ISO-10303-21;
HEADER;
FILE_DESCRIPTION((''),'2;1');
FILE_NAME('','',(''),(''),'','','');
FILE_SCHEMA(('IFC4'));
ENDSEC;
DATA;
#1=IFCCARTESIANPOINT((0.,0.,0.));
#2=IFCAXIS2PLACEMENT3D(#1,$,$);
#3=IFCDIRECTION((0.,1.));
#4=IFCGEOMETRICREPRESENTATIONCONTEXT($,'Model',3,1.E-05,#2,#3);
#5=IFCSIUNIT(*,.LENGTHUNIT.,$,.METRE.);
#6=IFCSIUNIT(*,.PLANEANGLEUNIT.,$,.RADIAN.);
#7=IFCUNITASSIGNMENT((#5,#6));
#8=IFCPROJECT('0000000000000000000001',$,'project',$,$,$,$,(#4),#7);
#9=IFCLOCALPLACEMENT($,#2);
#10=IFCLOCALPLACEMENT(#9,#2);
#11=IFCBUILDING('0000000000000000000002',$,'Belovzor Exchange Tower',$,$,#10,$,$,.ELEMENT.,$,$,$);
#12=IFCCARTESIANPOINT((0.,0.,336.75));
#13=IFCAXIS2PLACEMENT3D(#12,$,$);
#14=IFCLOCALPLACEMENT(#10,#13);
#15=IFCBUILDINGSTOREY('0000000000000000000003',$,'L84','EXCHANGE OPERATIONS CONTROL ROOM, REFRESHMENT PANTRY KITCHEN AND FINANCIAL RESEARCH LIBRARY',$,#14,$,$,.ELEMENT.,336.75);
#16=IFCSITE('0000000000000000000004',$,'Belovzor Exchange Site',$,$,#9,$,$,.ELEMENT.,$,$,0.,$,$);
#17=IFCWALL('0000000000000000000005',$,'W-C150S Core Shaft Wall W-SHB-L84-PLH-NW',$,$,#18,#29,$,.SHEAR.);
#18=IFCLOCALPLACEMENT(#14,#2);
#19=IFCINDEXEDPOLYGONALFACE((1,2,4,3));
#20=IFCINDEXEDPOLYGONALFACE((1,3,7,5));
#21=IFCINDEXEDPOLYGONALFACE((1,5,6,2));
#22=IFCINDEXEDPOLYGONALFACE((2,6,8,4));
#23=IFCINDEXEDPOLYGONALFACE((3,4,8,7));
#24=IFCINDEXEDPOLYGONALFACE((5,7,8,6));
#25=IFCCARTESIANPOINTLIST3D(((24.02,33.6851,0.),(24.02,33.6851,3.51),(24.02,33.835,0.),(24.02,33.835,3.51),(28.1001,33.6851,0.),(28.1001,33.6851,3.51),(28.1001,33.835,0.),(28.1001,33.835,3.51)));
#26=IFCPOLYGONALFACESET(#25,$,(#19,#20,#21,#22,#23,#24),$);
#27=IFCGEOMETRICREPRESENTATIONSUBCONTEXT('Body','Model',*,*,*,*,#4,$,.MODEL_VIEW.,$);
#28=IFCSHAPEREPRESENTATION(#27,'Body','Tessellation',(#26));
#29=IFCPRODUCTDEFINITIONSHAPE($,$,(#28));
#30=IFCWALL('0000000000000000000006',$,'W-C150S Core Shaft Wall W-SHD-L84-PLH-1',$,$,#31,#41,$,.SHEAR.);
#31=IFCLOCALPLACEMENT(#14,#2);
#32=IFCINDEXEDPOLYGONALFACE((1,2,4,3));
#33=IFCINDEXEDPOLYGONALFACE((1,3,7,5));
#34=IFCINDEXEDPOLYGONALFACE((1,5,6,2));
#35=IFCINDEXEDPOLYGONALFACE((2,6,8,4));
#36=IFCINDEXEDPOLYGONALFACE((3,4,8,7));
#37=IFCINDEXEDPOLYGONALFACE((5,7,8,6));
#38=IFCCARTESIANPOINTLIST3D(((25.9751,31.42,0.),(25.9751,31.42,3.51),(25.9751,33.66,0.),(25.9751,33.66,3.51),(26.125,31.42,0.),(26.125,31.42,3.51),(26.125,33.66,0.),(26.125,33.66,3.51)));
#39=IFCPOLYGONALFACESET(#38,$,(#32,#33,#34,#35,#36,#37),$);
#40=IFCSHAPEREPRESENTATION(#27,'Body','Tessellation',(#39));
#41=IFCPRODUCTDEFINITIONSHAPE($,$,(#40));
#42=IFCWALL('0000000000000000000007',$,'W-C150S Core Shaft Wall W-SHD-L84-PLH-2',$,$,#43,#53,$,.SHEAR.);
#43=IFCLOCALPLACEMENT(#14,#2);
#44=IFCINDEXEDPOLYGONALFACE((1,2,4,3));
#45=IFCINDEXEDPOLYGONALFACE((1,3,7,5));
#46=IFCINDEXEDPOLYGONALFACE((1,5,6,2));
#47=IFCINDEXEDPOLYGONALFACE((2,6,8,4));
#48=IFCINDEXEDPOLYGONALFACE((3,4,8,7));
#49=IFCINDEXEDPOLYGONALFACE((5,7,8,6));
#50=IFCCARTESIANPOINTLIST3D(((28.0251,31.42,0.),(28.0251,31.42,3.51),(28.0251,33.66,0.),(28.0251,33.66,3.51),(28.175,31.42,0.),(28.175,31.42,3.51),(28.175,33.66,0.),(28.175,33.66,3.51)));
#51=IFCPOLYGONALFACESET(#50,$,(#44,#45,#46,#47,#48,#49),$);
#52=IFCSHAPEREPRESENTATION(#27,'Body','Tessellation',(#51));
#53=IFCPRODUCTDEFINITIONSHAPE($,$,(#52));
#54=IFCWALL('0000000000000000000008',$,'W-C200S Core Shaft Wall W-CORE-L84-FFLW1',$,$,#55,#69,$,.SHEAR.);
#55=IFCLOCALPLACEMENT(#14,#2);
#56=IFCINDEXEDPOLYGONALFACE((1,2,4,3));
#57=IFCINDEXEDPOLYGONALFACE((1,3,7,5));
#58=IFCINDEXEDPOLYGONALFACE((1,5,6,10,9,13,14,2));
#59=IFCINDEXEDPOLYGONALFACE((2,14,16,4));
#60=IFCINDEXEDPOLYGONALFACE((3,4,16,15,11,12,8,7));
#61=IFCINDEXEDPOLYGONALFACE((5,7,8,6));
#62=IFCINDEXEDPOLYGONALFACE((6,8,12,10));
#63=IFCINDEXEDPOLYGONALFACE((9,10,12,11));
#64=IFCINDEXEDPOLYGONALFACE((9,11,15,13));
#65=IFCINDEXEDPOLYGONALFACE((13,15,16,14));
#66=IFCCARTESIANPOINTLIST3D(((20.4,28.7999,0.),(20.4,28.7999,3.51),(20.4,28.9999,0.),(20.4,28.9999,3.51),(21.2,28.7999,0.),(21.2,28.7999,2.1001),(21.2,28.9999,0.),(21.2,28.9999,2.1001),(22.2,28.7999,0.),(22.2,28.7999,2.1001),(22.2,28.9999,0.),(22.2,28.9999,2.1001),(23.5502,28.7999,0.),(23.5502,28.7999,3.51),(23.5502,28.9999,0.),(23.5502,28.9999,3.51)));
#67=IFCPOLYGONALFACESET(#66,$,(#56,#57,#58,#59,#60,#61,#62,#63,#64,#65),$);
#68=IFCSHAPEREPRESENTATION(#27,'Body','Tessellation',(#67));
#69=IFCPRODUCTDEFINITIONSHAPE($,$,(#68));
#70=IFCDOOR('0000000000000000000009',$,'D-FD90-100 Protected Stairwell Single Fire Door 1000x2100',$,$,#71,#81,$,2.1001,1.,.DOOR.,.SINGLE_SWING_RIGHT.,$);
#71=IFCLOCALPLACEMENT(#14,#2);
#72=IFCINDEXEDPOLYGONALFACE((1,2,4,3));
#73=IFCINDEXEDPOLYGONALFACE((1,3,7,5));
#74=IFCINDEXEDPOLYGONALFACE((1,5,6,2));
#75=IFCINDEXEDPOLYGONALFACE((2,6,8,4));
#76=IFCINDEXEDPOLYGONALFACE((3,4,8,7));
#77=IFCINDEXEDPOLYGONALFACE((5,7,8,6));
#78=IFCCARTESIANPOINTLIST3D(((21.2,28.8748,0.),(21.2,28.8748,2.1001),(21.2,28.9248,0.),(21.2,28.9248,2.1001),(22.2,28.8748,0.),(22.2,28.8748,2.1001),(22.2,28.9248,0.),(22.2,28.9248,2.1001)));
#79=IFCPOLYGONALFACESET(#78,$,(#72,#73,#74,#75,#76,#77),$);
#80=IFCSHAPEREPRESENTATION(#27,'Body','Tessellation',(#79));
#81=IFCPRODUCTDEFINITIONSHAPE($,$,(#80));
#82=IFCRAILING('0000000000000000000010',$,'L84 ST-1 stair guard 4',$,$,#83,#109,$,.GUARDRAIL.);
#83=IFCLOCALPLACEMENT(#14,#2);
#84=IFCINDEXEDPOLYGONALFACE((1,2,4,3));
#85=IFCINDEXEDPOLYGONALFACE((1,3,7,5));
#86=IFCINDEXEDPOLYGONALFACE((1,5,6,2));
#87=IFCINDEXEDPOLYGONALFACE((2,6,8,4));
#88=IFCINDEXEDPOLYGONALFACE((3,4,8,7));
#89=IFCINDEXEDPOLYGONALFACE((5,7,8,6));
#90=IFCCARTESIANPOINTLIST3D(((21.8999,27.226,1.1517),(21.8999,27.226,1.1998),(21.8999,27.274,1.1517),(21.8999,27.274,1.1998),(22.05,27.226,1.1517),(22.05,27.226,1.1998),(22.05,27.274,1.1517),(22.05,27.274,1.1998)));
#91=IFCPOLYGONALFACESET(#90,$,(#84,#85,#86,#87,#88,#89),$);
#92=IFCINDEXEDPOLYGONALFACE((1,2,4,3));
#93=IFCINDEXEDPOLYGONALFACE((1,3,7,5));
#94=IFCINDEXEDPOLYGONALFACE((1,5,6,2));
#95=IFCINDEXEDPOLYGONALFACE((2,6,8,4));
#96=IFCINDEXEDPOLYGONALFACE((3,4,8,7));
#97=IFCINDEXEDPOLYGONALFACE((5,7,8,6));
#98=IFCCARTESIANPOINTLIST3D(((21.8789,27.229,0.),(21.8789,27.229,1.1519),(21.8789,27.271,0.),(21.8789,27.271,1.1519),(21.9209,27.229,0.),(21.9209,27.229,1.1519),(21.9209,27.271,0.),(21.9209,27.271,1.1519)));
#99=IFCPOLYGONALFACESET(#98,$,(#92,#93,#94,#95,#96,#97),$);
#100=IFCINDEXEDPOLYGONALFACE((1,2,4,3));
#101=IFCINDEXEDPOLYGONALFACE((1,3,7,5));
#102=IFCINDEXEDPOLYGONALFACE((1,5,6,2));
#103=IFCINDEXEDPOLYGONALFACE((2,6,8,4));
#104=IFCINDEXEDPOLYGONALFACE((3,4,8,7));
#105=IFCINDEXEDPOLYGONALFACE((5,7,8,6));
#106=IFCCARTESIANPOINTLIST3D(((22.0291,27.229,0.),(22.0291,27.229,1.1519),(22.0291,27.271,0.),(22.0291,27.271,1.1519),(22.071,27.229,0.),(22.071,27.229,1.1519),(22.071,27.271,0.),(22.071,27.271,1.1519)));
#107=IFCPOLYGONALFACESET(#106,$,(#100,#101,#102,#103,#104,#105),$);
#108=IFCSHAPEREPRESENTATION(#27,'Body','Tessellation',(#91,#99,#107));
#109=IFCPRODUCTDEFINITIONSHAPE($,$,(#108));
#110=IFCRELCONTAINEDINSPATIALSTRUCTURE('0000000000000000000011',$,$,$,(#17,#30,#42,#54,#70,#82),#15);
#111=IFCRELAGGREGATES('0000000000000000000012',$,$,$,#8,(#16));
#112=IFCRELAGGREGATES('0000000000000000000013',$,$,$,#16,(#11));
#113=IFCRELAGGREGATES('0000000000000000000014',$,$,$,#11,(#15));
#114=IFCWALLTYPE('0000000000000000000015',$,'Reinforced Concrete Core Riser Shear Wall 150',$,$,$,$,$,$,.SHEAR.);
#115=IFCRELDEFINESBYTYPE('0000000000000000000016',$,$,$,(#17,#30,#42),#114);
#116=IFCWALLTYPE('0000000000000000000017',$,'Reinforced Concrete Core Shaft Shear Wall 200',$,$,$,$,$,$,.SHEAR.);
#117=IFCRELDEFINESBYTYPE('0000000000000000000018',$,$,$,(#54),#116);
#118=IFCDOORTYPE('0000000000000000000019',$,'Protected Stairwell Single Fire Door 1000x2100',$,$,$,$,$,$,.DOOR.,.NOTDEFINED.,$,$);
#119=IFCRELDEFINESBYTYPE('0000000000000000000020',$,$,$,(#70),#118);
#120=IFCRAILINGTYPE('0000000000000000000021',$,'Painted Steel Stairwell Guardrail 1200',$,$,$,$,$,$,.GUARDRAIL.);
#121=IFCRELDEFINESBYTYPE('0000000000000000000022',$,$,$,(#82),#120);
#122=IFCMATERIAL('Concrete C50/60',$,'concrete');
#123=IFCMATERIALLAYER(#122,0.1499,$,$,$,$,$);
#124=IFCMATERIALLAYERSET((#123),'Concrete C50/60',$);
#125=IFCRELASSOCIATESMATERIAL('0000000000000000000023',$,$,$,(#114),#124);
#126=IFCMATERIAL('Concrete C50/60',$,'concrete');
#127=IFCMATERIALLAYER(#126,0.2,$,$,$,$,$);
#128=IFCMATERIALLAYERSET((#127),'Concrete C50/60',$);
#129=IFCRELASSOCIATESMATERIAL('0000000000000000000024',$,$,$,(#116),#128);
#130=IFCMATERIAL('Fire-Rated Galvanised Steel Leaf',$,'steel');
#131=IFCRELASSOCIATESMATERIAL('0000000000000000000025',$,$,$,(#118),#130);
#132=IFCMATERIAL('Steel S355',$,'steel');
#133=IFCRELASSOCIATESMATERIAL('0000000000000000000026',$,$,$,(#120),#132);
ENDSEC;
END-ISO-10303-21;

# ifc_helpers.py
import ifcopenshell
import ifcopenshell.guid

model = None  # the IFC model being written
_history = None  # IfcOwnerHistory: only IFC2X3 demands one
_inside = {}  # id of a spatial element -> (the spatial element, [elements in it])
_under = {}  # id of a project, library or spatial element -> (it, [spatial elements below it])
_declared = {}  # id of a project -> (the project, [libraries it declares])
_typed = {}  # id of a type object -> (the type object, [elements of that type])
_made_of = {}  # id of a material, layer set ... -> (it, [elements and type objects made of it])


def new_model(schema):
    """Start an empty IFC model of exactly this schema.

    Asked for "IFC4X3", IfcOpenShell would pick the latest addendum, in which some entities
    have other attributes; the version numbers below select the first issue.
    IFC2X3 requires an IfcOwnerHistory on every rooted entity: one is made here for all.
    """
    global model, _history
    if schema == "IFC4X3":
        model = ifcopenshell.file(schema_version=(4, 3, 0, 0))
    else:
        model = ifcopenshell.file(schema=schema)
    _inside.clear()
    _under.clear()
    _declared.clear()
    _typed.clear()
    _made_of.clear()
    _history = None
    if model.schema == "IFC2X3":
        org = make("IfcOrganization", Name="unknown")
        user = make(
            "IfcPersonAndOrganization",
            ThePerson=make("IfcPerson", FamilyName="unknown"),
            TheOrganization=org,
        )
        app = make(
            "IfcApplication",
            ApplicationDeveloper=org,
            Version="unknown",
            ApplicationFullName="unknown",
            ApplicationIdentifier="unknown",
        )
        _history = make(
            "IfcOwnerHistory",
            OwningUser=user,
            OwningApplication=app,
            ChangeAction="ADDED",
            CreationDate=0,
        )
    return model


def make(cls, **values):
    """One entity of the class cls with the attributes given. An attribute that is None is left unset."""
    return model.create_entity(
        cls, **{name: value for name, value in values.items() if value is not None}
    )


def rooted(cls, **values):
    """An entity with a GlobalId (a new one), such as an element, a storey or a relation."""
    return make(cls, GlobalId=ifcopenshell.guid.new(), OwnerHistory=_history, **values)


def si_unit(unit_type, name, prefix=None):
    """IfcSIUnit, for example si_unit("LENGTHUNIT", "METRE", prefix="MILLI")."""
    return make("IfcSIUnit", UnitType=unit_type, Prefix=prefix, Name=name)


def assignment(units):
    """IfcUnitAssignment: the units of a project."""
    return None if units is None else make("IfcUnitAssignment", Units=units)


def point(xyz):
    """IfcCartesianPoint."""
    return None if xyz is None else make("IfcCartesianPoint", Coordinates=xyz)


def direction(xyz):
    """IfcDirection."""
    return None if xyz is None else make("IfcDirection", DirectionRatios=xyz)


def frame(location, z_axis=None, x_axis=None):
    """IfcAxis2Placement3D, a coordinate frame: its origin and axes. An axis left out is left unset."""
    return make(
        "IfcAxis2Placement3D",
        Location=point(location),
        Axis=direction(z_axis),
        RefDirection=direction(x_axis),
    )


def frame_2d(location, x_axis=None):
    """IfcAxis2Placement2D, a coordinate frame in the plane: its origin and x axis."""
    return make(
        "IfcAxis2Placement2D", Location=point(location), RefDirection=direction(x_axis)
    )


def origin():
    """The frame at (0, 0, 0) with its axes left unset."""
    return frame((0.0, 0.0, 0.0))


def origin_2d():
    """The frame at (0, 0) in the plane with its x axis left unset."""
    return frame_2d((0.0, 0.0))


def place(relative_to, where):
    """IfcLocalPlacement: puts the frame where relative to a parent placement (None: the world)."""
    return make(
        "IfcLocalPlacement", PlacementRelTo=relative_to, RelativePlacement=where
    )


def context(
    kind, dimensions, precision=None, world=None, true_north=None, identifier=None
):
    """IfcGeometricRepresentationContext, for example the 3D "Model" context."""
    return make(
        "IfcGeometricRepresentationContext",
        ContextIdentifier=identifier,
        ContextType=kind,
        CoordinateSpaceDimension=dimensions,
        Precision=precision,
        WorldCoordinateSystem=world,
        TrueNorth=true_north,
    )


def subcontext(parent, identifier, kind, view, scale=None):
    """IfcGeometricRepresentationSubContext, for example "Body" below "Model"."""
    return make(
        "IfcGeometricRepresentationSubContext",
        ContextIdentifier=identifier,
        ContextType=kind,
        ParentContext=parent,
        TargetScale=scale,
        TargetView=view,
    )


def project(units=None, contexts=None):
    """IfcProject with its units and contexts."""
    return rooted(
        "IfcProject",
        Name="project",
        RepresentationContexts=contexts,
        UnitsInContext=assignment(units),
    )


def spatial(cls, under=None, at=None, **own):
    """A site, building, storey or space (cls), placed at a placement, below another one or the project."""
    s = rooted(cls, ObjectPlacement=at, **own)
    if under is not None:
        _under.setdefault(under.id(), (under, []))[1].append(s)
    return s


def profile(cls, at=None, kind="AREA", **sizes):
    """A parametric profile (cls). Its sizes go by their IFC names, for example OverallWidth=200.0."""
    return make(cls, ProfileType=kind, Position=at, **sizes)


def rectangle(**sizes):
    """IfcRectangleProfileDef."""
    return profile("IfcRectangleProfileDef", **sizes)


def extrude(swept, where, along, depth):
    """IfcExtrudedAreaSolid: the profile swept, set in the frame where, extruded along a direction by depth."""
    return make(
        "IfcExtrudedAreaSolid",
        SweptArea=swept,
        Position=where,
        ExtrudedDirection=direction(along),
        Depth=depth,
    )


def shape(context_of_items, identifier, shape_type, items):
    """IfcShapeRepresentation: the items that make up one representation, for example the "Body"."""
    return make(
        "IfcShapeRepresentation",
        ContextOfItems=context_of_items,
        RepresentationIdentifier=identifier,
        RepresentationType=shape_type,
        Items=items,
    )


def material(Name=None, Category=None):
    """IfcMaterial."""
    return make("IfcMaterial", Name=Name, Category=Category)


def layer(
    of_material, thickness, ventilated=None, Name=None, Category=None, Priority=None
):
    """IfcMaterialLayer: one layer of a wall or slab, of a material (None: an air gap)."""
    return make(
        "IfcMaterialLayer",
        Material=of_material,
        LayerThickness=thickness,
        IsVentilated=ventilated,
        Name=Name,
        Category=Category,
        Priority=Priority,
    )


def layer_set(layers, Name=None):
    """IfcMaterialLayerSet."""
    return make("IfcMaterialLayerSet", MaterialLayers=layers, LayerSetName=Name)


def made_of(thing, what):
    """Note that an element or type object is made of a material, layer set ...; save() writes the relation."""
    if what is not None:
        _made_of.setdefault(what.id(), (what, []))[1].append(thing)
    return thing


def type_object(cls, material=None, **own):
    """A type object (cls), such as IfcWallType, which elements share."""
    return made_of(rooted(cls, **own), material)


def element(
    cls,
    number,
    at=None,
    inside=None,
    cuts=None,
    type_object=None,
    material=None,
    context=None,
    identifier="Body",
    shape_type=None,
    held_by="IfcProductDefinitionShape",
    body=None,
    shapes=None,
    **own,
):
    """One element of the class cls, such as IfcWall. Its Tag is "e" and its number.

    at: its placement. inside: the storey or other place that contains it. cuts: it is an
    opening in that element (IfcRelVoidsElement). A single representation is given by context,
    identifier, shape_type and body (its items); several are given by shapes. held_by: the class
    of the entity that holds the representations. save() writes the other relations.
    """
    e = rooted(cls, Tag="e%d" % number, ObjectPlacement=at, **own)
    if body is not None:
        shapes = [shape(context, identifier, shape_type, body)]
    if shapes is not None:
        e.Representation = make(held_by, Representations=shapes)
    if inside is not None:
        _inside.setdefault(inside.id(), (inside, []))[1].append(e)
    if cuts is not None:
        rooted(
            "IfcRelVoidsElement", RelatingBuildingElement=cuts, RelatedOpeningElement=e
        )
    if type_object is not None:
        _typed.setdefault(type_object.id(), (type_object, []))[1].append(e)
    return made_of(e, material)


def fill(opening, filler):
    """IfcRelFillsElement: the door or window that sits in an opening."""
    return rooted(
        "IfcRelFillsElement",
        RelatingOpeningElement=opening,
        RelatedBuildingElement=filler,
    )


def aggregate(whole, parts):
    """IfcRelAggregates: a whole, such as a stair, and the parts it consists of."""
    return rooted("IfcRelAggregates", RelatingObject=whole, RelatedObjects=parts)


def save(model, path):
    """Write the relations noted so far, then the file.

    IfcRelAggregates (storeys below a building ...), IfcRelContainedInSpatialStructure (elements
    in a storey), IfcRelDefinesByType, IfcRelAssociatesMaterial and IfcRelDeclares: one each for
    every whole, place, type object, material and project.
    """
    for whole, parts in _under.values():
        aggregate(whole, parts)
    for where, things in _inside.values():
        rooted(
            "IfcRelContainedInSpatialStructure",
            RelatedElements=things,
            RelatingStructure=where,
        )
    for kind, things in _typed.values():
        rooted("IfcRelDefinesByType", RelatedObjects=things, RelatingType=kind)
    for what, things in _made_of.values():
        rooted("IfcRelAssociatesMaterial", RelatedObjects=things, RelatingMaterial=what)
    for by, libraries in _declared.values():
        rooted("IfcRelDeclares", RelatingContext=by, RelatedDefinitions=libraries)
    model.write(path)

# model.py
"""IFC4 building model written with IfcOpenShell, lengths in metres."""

from ifc_helpers import new_model, si_unit, direction, frame, frame_2d, origin, origin_2d, place, context, subcontext, project, spatial, rectangle, extrude, material, layer, layer_set, type_object, element, fill, save


model = new_model("IFC4")

# Units and contexts
model_context = context("Model", 3, precision=1e-05, world=origin(), true_north=direction((0.0, 1.0)))
body_context = subcontext(model_context, "Body", "Model", "MODEL_VIEW")
ifc_project = project(units=[si_unit("LENGTHUNIT", "METRE"), si_unit("PLANEANGLEUNIT", "RADIAN")], contexts=[model_context])

# Site, building, storey
site_placement = place(None, origin())
site = spatial("IfcSite", under=ifc_project, at=site_placement, Name="Belovzor Exchange Site", CompositionType="ELEMENT", RefElevation=0.0)
building_placement = place(site_placement, origin())
building = spatial("IfcBuilding", under=site, at=building_placement, Name="Belovzor Exchange Tower", CompositionType="ELEMENT")
storey_placement = place(building_placement, frame((0.0, 0.0, 336.75)))
storey = spatial("IfcBuildingStorey", under=building, at=storey_placement, Name="L84", Description="EXCHANGE OPERATIONS CONTROL ROOM, REFRESHMENT PANTRY KITCHEN AND FINANCIAL RESEARCH LIBRARY", CompositionType="ELEMENT", Elevation=336.75)

# Walls
ifc_material_1 = material(Name="Concrete C50/60", Category="concrete")
ifc_layer_1 = layer(ifc_material_1, 0.1499)
ifc_layer_set_1 = layer_set([ifc_layer_1], Name="Concrete C50/60")
wall_type_1 = type_object("IfcWallType", Name="Reinforced Concrete Core Riser Shear Wall 150", PredefinedType="SHEAR", material=ifc_layer_set_1)
wall_1_placement = place(storey_placement, frame((24.02, 33.76, 0.0), z_axis=(0.0, 0.0, 1.0), x_axis=(1.0, 0.0, 0.0)))
element("IfcWall", 1, at=wall_1_placement, inside=storey, type_object=wall_type_1, Name="W-C150S Core Shaft Wall W-SHB-L84-PLH-NW", PredefinedType="SHEAR", context=body_context, shape_type="SweptSolid", body=[
    extrude(rectangle(XDim=4.0801, YDim=0.1499, at=frame_2d((2.04, 0.0))), origin(), (0.0, 0.0, 1.0), 3.51),
])
for number, where, z_axis, x_axis, name in (
    (2, (26.05, 31.4199, 0.0), (0.0, 0.0, 1.0), (0.0, 1.0, 0.0), "W-C150S Core Shaft Wall W-SHD-L84-PLH-1"),
    (3, (28.1001, 31.4199, 0.0), (0.0, 0.0, 1.0), (0.0, 1.0, 0.0), "W-C150S Core Shaft Wall W-SHD-L84-PLH-2"),
):
    element("IfcWall", number, at=place(storey_placement, frame(where, z_axis=z_axis, x_axis=x_axis)), inside=storey, type_object=wall_type_1, Name=name, PredefinedType="SHEAR", context=body_context, shape_type="SweptSolid", body=[
        extrude(rectangle(XDim=2.24, YDim=0.1499, at=frame_2d((1.1201, 0.0))), origin(), (0.0, 0.0, 1.0), 3.51),
    ])

# Wall, opening, door
ifc_material_2 = material(Name="Concrete C50/60", Category="concrete")
ifc_layer_2 = layer(ifc_material_2, 0.2)
ifc_layer_set_2 = layer_set([ifc_layer_2], Name="Concrete C50/60")
wall_type_2 = type_object("IfcWallType", Name="Reinforced Concrete Core Shaft Shear Wall 200", PredefinedType="SHEAR", material=ifc_layer_set_2)
wall_2_placement = place(storey_placement, frame((20.3999, 28.8999, 0.0), z_axis=(0.0, 0.0, 1.0), x_axis=(1.0, 0.0, 0.0)))
wall_2 = element("IfcWall", 4, at=wall_2_placement, inside=storey, type_object=wall_type_2, Name="W-C200S Core Shaft Wall W-CORE-L84-FFLW1", PredefinedType="SHEAR", context=body_context, shape_type="SweptSolid", body=[
    extrude(rectangle(XDim=3.1501, YDim=0.2, at=frame_2d((1.5752, 0.0))), origin(), (0.0, 0.0, 1.0), 3.51),
])
opening_1_placement = place(wall_2_placement, frame((0.8, 0.0, 0.0)))
opening_1 = element("IfcOpeningElement", 5, at=opening_1_placement, cuts=wall_2, PredefinedType="OPENING", context=body_context, shape_type="SweptSolid", body=[
    extrude(rectangle(XDim=1.0, YDim=2.1001, at=frame_2d((0.5, 1.05))), frame((0.0, 0.1099, 0.0), z_axis=(0.0, -1.0, 0.0), x_axis=(1.0, 0.0, 0.0)), (0.0, 0.0, 1.0), 0.22),
])
ifc_material_3 = material(Name="Fire-Rated Galvanised Steel Leaf", Category="steel")
door_type_1 = type_object("IfcDoorType", Name="Protected Stairwell Single Fire Door 1000x2100", OperationType="NOTDEFINED", PredefinedType="DOOR", material=ifc_material_3)
door_1_placement = place(opening_1_placement, origin())
door_1 = element("IfcDoor", 6, at=door_1_placement, inside=storey, type_object=door_type_1, Name="D-FD90-100 Protected Stairwell Single Fire Door 1000x2100", OperationType="SINGLE_SWING_RIGHT", OverallHeight=2.1001, OverallWidth=1.0, PredefinedType="DOOR", context=body_context, shape_type="SweptSolid", body=[
    extrude(rectangle(XDim=1.0, YDim=2.1001, at=frame_2d((0.5, 1.05))), frame((0.0, 0.0249, 0.0), z_axis=(0.0, -1.0, 0.0), x_axis=(1.0, 0.0, 0.0)), (0.0, 0.0, 1.0), 0.05),
])
fill(opening_1, door_1)

# Railing
ifc_material_4 = material(Name="Steel S355", Category="steel")
railing_type = type_object("IfcRailingType", Name="Painted Steel Stairwell Guardrail 1200", PredefinedType="GUARDRAIL", material=ifc_material_4)
railing_placement = place(storey_placement, frame((21.8999, 27.25, 0.0)))
element("IfcRailing", 7, at=railing_placement, inside=storey, type_object=railing_type, Name="L84 ST-1 stair guard 4", PredefinedType="GUARDRAIL", context=body_context, shape_type="SweptSolid", body=[
    extrude(rectangle(XDim=0.0481, YDim=0.0481, at=origin_2d()), frame((0.0, 0.0, 1.1758), z_axis=(1.0, 0.0, 0.0), x_axis=(0.0, 1.0, 0.0)), (0.0, 0.0, 1.0), 0.1501),
    extrude(rectangle(XDim=0.042, YDim=0.042, at=origin_2d()), origin(), (0.0, 0.0, 1.0), 1.1519),
    extrude(rectangle(XDim=0.042, YDim=0.042, at=origin_2d()), frame((0.1501, 0.0, 0.0)), (0.0, 0.0, 1.0), 1.1519),
])

save(model, "model.ifc")
